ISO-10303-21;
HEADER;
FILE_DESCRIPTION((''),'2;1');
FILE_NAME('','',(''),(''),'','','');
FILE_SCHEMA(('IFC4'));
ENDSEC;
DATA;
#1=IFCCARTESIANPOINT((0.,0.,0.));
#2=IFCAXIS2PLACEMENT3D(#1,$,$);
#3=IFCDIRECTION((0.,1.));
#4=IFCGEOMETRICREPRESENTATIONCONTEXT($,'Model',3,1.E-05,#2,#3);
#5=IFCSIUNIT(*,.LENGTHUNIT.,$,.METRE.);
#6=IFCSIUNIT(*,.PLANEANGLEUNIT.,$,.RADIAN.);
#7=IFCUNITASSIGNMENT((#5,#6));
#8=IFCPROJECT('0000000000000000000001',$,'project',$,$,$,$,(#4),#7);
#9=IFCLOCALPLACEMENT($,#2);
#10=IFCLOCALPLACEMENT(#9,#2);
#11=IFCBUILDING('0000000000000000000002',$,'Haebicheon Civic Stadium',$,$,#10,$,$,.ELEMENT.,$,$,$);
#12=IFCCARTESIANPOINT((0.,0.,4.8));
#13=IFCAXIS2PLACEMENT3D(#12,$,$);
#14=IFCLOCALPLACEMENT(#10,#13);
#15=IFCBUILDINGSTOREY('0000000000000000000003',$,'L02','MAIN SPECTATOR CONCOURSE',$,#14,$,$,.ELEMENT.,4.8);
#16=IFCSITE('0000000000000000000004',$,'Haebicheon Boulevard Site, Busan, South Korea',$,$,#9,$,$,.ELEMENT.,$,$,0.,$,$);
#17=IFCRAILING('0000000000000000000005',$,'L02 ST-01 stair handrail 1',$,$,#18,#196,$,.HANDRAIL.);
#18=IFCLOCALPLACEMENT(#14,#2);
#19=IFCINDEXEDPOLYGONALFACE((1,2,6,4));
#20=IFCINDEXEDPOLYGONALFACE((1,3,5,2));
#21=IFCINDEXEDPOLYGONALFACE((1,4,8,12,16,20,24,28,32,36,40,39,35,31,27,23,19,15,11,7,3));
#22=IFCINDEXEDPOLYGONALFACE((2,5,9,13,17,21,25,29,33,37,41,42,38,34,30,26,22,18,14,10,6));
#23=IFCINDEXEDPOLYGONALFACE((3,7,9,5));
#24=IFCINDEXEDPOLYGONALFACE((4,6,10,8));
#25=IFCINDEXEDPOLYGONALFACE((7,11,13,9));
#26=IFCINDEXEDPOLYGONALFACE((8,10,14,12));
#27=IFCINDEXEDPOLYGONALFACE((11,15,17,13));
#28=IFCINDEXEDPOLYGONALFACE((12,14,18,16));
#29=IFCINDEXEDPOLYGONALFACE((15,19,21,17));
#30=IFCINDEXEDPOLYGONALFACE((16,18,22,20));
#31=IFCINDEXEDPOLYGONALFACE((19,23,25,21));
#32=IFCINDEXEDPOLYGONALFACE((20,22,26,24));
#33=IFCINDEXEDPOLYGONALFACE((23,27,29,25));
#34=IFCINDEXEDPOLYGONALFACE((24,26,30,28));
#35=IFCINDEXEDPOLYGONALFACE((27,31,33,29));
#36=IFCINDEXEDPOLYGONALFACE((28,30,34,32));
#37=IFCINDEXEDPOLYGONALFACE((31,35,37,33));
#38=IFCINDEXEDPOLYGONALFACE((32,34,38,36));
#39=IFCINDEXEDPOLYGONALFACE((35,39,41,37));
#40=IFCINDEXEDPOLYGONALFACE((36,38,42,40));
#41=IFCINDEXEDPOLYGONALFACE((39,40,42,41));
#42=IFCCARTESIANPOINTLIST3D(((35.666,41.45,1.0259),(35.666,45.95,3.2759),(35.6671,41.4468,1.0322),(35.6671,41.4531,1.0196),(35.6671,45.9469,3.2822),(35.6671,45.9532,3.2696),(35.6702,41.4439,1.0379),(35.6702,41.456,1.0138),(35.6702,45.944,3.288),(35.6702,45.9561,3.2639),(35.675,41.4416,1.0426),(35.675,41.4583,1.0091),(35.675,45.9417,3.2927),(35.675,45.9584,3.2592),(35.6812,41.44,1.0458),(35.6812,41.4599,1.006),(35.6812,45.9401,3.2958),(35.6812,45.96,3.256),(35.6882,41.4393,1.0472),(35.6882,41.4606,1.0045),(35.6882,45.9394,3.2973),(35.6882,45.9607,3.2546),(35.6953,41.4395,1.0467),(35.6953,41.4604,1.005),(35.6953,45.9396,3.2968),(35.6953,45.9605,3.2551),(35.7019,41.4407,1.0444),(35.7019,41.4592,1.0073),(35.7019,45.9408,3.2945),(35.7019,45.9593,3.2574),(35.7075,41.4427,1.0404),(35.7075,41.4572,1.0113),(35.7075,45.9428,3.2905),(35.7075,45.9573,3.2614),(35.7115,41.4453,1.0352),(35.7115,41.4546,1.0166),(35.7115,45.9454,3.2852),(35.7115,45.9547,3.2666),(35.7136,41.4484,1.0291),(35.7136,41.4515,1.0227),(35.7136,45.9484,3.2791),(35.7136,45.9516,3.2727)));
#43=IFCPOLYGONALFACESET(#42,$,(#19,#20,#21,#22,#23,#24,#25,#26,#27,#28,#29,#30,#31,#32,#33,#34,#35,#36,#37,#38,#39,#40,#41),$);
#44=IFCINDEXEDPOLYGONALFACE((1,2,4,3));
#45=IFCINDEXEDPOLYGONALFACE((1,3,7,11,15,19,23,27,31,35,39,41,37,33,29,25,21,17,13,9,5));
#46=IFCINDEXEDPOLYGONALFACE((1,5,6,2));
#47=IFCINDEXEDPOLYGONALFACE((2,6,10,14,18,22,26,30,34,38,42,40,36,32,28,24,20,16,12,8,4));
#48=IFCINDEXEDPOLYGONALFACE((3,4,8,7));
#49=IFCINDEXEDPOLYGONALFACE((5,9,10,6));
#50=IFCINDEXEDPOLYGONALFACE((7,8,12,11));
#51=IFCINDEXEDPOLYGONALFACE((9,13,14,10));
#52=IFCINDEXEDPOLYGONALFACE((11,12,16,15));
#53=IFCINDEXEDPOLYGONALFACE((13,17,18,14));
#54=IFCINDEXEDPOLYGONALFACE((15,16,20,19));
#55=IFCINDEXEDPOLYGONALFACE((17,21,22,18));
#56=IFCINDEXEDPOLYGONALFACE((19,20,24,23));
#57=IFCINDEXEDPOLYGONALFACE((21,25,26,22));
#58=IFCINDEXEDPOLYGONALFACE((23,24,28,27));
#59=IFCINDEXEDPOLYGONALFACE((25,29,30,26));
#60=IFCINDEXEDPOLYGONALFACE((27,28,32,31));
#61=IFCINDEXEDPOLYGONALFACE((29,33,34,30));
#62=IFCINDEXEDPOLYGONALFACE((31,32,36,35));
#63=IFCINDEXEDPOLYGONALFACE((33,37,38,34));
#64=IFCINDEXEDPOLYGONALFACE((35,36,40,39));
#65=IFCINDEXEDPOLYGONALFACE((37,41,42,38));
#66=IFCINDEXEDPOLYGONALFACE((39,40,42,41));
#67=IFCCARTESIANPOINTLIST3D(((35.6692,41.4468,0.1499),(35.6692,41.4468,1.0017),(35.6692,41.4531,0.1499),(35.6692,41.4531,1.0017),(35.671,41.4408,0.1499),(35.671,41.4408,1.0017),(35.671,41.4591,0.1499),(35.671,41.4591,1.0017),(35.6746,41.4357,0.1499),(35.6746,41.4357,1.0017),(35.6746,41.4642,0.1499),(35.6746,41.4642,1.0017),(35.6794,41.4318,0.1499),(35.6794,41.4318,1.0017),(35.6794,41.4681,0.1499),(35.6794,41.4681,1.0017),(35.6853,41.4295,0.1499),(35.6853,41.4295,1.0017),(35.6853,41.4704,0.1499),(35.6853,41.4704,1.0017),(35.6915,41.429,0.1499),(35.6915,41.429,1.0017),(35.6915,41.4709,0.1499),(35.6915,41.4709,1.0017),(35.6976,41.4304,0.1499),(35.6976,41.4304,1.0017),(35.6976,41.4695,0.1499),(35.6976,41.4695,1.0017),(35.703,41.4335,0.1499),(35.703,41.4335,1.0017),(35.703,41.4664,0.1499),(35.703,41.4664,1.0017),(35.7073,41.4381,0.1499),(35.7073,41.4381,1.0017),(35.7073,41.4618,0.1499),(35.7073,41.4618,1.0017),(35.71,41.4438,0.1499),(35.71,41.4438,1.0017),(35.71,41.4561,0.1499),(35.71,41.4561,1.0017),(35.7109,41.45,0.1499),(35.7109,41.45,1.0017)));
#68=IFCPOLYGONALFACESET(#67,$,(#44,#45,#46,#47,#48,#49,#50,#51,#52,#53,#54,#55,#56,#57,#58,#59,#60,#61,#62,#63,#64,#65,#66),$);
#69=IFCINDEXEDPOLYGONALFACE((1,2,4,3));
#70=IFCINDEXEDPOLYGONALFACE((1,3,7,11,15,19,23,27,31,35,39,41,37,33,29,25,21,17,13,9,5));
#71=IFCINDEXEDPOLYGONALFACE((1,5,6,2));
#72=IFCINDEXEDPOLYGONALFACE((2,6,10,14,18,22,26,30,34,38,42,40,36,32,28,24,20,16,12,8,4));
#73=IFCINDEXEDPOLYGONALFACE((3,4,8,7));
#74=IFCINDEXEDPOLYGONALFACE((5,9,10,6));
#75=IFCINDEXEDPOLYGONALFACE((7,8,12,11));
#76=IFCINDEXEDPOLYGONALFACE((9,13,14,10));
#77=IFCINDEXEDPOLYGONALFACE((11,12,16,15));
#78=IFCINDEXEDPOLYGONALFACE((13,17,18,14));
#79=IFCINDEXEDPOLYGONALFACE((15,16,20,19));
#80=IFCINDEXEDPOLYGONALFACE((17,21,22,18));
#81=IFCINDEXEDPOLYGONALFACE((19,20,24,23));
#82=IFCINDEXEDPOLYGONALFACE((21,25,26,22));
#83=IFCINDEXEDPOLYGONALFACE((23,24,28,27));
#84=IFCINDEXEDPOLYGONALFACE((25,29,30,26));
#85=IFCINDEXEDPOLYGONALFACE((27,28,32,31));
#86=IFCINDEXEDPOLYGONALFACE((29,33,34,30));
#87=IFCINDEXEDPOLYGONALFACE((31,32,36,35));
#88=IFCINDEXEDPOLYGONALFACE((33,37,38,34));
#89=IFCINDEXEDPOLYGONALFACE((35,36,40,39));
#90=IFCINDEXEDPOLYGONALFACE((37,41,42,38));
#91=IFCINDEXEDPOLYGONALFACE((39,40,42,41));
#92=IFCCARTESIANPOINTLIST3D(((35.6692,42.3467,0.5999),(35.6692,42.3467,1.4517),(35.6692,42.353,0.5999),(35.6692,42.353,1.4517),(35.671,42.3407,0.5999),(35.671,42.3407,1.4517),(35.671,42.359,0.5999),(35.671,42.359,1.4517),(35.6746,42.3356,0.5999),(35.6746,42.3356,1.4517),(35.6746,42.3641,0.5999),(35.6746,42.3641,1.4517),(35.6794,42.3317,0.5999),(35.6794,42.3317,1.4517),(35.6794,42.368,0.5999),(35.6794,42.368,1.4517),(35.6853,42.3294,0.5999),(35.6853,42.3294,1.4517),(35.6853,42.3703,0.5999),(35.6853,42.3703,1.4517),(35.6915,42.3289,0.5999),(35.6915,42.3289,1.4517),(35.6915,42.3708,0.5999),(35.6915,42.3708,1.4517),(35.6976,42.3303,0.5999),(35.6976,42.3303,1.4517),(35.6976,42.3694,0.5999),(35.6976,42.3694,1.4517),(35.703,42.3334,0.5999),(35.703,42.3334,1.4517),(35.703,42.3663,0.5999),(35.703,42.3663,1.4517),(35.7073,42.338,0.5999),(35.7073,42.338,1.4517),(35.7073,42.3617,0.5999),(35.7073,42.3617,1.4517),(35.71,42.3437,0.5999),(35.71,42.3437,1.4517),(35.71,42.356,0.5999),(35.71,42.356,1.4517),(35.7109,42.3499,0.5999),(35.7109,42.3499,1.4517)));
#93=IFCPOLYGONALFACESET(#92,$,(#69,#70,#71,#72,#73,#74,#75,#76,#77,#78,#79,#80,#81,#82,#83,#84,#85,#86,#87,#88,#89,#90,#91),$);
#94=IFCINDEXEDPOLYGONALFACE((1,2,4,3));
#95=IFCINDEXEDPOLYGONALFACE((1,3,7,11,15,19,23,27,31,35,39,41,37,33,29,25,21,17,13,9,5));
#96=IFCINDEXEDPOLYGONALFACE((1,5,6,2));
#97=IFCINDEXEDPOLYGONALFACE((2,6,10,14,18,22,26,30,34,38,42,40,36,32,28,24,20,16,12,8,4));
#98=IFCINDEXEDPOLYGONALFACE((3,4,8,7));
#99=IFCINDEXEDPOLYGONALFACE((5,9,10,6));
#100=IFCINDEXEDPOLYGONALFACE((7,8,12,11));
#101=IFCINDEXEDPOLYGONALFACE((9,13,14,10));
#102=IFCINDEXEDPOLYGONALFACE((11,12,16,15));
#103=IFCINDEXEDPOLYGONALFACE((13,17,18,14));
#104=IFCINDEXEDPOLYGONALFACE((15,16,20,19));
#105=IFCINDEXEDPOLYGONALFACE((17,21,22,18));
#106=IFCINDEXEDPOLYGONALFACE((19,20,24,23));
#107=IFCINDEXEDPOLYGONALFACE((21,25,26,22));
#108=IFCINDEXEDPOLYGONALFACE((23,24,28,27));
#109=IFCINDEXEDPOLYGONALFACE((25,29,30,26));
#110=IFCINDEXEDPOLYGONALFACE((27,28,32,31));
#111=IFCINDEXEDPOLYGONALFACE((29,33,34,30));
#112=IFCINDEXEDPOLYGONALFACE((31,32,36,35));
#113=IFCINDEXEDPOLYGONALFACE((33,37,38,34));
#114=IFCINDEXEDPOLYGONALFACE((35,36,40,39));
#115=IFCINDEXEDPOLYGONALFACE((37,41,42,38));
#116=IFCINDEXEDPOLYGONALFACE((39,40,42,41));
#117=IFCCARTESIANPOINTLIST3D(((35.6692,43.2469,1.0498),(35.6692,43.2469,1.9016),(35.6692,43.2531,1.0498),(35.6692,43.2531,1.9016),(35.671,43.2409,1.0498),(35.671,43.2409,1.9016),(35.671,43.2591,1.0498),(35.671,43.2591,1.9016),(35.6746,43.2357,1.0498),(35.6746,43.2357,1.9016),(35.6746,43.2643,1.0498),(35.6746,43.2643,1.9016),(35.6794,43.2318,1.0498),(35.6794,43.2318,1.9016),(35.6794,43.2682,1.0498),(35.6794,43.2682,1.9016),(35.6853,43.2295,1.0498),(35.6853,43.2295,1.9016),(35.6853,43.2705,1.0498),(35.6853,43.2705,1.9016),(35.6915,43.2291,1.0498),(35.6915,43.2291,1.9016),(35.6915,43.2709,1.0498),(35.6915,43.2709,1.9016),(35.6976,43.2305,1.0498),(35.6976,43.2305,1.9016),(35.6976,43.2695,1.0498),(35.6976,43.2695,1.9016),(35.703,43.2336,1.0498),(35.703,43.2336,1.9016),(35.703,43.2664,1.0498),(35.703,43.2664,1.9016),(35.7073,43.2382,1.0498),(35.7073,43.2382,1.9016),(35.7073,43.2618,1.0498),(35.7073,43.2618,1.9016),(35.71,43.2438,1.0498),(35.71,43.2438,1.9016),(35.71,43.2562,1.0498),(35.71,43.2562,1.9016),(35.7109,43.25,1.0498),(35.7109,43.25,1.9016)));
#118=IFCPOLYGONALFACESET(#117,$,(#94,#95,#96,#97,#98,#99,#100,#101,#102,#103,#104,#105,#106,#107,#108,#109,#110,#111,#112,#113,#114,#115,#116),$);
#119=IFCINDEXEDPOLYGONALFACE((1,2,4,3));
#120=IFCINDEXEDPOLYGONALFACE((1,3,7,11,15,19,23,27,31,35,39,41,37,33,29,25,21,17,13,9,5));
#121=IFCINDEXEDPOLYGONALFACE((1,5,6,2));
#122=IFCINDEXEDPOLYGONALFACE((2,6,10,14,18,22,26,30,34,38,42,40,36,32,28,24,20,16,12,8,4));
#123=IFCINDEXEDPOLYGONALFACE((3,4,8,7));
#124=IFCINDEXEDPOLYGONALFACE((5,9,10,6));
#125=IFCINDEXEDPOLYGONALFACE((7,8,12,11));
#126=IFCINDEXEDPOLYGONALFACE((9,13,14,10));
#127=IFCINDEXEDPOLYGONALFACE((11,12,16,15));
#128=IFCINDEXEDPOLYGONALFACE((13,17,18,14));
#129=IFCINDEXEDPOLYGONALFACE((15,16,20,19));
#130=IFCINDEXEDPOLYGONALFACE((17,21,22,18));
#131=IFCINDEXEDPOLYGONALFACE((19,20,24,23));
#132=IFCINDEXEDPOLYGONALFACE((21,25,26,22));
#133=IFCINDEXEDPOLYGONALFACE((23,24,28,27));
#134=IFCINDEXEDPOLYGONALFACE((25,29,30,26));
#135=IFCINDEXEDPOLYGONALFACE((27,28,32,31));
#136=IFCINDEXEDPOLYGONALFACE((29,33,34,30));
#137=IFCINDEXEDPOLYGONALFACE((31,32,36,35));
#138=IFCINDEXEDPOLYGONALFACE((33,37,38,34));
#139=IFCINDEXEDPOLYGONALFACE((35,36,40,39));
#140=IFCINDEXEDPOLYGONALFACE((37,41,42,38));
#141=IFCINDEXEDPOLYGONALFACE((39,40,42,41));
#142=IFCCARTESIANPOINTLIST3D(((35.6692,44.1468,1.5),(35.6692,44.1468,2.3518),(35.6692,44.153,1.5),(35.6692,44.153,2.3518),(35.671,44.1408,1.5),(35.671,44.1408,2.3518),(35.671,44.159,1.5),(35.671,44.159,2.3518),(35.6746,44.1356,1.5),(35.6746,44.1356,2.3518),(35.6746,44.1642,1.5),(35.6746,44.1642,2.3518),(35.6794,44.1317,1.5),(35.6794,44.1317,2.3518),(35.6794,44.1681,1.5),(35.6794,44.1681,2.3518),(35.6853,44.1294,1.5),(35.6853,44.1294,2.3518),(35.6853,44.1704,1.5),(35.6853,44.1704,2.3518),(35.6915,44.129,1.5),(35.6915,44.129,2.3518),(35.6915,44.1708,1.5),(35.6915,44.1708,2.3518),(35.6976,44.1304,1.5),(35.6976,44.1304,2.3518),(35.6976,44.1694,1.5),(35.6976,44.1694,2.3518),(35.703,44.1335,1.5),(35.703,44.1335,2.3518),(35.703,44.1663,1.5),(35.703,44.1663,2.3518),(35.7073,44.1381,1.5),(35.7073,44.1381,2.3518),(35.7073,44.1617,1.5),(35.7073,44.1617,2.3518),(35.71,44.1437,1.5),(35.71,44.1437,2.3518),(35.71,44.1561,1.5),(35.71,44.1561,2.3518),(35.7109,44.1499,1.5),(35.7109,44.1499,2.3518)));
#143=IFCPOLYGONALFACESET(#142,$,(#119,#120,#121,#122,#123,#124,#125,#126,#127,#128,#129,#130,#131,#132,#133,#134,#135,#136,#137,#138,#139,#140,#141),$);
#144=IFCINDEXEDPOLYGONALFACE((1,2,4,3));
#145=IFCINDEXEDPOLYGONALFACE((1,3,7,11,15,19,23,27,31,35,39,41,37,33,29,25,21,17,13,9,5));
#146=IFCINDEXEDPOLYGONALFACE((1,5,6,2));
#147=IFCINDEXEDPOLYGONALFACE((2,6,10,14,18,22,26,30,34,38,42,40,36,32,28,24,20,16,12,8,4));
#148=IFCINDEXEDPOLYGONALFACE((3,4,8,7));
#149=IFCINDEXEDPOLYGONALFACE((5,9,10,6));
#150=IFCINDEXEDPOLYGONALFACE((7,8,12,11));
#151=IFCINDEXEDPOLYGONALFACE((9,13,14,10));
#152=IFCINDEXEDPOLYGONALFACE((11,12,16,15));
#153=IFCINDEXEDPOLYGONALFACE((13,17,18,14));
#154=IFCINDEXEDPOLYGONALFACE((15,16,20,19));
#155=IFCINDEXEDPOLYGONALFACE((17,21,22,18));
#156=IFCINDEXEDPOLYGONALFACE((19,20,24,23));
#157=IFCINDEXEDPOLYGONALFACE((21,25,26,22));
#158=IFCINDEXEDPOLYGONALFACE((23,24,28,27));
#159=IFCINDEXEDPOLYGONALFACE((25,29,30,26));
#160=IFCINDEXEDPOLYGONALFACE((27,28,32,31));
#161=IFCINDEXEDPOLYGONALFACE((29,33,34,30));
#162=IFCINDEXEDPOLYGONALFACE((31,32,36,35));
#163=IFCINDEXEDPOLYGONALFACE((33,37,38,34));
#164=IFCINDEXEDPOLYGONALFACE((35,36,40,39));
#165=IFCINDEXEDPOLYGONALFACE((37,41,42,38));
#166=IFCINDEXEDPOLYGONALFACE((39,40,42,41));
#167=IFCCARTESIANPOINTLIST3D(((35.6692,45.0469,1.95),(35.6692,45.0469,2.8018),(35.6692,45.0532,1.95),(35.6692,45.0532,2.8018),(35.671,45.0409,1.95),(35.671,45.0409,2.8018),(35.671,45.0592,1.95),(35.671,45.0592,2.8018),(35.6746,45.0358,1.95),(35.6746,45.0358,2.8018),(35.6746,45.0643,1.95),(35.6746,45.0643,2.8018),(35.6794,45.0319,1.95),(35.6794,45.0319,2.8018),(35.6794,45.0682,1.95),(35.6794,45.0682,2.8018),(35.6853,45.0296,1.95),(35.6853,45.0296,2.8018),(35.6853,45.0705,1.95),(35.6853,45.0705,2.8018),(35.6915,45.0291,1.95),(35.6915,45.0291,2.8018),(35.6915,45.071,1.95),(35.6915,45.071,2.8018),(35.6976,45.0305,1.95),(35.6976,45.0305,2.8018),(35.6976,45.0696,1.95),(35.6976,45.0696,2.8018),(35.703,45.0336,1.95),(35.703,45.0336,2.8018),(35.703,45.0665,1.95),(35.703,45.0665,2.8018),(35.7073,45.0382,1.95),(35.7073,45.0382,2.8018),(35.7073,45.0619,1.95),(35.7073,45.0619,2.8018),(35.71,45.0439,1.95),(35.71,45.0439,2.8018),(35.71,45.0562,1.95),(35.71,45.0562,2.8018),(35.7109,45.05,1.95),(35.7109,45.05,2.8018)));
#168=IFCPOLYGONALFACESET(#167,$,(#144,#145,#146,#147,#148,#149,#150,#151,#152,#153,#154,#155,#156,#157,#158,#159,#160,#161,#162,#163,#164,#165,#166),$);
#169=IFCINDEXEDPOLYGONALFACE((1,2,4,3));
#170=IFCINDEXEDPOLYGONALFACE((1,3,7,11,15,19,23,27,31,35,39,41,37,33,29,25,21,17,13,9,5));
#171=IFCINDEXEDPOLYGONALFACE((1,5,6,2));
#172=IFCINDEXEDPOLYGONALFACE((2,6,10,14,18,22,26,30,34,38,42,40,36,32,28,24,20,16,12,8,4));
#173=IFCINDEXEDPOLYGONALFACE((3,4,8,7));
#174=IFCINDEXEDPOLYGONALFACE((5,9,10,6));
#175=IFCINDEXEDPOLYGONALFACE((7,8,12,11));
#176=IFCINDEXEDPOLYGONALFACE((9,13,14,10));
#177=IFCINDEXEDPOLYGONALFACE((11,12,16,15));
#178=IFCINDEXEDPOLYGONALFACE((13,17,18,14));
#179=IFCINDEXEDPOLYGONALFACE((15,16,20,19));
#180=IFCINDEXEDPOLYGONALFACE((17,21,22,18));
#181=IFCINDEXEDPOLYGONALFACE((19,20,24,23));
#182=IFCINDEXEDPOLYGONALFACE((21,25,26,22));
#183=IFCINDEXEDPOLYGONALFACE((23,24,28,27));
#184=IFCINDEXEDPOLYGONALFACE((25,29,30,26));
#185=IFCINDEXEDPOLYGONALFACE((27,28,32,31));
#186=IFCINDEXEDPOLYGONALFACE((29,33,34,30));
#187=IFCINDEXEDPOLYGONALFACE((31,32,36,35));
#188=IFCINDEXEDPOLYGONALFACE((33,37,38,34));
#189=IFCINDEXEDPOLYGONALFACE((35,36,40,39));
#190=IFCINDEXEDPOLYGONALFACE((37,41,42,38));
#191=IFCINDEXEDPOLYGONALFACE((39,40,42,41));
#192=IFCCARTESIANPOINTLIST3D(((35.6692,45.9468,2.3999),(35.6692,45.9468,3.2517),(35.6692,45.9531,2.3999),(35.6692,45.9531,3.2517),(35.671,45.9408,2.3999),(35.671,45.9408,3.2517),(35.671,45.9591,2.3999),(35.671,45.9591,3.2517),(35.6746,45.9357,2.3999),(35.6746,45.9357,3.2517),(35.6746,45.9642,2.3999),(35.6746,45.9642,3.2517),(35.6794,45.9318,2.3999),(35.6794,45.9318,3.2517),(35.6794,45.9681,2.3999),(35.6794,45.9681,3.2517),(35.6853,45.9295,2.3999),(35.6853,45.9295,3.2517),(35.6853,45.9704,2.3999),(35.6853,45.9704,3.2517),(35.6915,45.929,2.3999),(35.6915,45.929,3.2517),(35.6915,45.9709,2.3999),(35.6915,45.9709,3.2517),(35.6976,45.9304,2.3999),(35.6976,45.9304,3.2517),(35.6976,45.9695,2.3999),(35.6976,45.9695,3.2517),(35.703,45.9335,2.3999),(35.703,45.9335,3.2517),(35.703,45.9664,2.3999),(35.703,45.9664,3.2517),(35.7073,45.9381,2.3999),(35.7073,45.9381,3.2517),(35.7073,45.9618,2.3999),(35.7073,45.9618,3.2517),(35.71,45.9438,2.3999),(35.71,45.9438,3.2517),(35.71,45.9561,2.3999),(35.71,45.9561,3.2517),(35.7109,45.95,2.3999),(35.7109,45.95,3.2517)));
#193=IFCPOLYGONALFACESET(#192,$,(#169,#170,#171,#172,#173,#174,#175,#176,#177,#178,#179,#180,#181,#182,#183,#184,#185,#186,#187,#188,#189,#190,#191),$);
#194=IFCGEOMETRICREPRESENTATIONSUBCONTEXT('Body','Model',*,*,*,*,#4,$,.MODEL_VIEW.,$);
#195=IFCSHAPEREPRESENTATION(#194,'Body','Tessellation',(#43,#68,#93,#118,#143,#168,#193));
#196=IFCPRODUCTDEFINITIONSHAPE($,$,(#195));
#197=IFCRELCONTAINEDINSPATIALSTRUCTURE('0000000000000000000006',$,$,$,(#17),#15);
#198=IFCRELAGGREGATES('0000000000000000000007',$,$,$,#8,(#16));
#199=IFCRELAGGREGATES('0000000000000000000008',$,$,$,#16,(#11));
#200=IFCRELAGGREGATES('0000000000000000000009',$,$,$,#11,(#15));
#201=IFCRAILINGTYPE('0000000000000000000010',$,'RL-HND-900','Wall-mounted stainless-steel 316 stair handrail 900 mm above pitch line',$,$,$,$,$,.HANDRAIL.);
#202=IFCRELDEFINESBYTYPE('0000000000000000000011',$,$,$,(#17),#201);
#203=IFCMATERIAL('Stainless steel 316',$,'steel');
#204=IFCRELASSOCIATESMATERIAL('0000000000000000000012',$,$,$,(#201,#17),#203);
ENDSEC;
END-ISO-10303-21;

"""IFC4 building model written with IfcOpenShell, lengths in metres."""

from ifc_helpers import new_model, si_unit, direction, frame, origin, origin_2d, place, context, subcontext, project, spatial, circle, extrude, material, type_object, element, save


model = new_model("IFC4")

# Units and contexts
model_context = context("Model", 3, precision=1e-05, world=origin(), true_north=direction((0.0, 1.0)))
body_context = subcontext(model_context, "Body", "Model", "MODEL_VIEW")
ifc_project = project(units=[si_unit("LENGTHUNIT", "METRE"), si_unit("PLANEANGLEUNIT", "RADIAN")], contexts=[model_context])

# Site, building, storey
site_placement = place(None, origin())
site = spatial("IfcSite", under=ifc_project, at=site_placement, Name="Haebicheon Boulevard Site, Busan, South Korea", CompositionType="ELEMENT", RefElevation=0.0)
building_placement = place(site_placement, origin())
building = spatial("IfcBuilding", under=site, at=building_placement, Name="Haebicheon Civic Stadium", CompositionType="ELEMENT")
storey_placement = place(building_placement, frame((0.0, 0.0, 4.8)))
storey = spatial("IfcBuildingStorey", under=building, at=storey_placement, Name="L02", Description="MAIN SPECTATOR CONCOURSE", CompositionType="ELEMENT", Elevation=4.8)

# Railing
ifc_material_1 = material(Name="Stainless steel 316", Category="steel")
railing_type_1 = type_object("IfcRailingType", Name="RL-HND-900", Description="Wall-mounted stainless-steel 316 stair handrail 900 mm above pitch line", PredefinedType="HANDRAIL", material=ifc_material_1)
railing_1_placement = place(storey_placement, frame((35.6899, 41.45, 0.1499)))
element("IfcRailing", 1, at=railing_1_placement, inside=storey, type_object=railing_type_1, material=ifc_material_1, Name="L02 ST-01 stair handrail 1", PredefinedType="HANDRAIL", context=body_context, shape_type="SweptSolid", body=[
    extrude(circle(Radius=0.0239, at=origin_2d()), frame((0.0, 0.0, 0.876), z_axis=(0.0, 0.894427, 0.447214), x_axis=(-1.0, 0.0, 0.0)), (0.0, 0.0, 1.0), 5.0312),
    extrude(circle(Radius=0.021, at=origin_2d()), origin(), (0.0, 0.0, 1.0), 0.8518),
    extrude(circle(Radius=0.021, at=origin_2d()), frame((0.0, 0.8999, 0.45)), (0.0, 0.0, 1.0), 0.8518),
    extrude(circle(Radius=0.021, at=origin_2d()), frame((0.0, 1.8, 0.8999)), (0.0, 0.0, 1.0), 0.8518),
    extrude(circle(Radius=0.021, at=origin_2d()), frame((0.0, 2.7, 1.3501)), (0.0, 0.0, 1.0), 0.8518),
    extrude(circle(Radius=0.021, at=origin_2d()), frame((0.0, 3.6001, 1.8)), (0.0, 0.0, 1.0), 0.8518),
    extrude(circle(Radius=0.021, at=origin_2d()), frame((0.0, 4.5, 2.25)), (0.0, 0.0, 1.0), 0.8518),
])

save(model, "model.ifc")
